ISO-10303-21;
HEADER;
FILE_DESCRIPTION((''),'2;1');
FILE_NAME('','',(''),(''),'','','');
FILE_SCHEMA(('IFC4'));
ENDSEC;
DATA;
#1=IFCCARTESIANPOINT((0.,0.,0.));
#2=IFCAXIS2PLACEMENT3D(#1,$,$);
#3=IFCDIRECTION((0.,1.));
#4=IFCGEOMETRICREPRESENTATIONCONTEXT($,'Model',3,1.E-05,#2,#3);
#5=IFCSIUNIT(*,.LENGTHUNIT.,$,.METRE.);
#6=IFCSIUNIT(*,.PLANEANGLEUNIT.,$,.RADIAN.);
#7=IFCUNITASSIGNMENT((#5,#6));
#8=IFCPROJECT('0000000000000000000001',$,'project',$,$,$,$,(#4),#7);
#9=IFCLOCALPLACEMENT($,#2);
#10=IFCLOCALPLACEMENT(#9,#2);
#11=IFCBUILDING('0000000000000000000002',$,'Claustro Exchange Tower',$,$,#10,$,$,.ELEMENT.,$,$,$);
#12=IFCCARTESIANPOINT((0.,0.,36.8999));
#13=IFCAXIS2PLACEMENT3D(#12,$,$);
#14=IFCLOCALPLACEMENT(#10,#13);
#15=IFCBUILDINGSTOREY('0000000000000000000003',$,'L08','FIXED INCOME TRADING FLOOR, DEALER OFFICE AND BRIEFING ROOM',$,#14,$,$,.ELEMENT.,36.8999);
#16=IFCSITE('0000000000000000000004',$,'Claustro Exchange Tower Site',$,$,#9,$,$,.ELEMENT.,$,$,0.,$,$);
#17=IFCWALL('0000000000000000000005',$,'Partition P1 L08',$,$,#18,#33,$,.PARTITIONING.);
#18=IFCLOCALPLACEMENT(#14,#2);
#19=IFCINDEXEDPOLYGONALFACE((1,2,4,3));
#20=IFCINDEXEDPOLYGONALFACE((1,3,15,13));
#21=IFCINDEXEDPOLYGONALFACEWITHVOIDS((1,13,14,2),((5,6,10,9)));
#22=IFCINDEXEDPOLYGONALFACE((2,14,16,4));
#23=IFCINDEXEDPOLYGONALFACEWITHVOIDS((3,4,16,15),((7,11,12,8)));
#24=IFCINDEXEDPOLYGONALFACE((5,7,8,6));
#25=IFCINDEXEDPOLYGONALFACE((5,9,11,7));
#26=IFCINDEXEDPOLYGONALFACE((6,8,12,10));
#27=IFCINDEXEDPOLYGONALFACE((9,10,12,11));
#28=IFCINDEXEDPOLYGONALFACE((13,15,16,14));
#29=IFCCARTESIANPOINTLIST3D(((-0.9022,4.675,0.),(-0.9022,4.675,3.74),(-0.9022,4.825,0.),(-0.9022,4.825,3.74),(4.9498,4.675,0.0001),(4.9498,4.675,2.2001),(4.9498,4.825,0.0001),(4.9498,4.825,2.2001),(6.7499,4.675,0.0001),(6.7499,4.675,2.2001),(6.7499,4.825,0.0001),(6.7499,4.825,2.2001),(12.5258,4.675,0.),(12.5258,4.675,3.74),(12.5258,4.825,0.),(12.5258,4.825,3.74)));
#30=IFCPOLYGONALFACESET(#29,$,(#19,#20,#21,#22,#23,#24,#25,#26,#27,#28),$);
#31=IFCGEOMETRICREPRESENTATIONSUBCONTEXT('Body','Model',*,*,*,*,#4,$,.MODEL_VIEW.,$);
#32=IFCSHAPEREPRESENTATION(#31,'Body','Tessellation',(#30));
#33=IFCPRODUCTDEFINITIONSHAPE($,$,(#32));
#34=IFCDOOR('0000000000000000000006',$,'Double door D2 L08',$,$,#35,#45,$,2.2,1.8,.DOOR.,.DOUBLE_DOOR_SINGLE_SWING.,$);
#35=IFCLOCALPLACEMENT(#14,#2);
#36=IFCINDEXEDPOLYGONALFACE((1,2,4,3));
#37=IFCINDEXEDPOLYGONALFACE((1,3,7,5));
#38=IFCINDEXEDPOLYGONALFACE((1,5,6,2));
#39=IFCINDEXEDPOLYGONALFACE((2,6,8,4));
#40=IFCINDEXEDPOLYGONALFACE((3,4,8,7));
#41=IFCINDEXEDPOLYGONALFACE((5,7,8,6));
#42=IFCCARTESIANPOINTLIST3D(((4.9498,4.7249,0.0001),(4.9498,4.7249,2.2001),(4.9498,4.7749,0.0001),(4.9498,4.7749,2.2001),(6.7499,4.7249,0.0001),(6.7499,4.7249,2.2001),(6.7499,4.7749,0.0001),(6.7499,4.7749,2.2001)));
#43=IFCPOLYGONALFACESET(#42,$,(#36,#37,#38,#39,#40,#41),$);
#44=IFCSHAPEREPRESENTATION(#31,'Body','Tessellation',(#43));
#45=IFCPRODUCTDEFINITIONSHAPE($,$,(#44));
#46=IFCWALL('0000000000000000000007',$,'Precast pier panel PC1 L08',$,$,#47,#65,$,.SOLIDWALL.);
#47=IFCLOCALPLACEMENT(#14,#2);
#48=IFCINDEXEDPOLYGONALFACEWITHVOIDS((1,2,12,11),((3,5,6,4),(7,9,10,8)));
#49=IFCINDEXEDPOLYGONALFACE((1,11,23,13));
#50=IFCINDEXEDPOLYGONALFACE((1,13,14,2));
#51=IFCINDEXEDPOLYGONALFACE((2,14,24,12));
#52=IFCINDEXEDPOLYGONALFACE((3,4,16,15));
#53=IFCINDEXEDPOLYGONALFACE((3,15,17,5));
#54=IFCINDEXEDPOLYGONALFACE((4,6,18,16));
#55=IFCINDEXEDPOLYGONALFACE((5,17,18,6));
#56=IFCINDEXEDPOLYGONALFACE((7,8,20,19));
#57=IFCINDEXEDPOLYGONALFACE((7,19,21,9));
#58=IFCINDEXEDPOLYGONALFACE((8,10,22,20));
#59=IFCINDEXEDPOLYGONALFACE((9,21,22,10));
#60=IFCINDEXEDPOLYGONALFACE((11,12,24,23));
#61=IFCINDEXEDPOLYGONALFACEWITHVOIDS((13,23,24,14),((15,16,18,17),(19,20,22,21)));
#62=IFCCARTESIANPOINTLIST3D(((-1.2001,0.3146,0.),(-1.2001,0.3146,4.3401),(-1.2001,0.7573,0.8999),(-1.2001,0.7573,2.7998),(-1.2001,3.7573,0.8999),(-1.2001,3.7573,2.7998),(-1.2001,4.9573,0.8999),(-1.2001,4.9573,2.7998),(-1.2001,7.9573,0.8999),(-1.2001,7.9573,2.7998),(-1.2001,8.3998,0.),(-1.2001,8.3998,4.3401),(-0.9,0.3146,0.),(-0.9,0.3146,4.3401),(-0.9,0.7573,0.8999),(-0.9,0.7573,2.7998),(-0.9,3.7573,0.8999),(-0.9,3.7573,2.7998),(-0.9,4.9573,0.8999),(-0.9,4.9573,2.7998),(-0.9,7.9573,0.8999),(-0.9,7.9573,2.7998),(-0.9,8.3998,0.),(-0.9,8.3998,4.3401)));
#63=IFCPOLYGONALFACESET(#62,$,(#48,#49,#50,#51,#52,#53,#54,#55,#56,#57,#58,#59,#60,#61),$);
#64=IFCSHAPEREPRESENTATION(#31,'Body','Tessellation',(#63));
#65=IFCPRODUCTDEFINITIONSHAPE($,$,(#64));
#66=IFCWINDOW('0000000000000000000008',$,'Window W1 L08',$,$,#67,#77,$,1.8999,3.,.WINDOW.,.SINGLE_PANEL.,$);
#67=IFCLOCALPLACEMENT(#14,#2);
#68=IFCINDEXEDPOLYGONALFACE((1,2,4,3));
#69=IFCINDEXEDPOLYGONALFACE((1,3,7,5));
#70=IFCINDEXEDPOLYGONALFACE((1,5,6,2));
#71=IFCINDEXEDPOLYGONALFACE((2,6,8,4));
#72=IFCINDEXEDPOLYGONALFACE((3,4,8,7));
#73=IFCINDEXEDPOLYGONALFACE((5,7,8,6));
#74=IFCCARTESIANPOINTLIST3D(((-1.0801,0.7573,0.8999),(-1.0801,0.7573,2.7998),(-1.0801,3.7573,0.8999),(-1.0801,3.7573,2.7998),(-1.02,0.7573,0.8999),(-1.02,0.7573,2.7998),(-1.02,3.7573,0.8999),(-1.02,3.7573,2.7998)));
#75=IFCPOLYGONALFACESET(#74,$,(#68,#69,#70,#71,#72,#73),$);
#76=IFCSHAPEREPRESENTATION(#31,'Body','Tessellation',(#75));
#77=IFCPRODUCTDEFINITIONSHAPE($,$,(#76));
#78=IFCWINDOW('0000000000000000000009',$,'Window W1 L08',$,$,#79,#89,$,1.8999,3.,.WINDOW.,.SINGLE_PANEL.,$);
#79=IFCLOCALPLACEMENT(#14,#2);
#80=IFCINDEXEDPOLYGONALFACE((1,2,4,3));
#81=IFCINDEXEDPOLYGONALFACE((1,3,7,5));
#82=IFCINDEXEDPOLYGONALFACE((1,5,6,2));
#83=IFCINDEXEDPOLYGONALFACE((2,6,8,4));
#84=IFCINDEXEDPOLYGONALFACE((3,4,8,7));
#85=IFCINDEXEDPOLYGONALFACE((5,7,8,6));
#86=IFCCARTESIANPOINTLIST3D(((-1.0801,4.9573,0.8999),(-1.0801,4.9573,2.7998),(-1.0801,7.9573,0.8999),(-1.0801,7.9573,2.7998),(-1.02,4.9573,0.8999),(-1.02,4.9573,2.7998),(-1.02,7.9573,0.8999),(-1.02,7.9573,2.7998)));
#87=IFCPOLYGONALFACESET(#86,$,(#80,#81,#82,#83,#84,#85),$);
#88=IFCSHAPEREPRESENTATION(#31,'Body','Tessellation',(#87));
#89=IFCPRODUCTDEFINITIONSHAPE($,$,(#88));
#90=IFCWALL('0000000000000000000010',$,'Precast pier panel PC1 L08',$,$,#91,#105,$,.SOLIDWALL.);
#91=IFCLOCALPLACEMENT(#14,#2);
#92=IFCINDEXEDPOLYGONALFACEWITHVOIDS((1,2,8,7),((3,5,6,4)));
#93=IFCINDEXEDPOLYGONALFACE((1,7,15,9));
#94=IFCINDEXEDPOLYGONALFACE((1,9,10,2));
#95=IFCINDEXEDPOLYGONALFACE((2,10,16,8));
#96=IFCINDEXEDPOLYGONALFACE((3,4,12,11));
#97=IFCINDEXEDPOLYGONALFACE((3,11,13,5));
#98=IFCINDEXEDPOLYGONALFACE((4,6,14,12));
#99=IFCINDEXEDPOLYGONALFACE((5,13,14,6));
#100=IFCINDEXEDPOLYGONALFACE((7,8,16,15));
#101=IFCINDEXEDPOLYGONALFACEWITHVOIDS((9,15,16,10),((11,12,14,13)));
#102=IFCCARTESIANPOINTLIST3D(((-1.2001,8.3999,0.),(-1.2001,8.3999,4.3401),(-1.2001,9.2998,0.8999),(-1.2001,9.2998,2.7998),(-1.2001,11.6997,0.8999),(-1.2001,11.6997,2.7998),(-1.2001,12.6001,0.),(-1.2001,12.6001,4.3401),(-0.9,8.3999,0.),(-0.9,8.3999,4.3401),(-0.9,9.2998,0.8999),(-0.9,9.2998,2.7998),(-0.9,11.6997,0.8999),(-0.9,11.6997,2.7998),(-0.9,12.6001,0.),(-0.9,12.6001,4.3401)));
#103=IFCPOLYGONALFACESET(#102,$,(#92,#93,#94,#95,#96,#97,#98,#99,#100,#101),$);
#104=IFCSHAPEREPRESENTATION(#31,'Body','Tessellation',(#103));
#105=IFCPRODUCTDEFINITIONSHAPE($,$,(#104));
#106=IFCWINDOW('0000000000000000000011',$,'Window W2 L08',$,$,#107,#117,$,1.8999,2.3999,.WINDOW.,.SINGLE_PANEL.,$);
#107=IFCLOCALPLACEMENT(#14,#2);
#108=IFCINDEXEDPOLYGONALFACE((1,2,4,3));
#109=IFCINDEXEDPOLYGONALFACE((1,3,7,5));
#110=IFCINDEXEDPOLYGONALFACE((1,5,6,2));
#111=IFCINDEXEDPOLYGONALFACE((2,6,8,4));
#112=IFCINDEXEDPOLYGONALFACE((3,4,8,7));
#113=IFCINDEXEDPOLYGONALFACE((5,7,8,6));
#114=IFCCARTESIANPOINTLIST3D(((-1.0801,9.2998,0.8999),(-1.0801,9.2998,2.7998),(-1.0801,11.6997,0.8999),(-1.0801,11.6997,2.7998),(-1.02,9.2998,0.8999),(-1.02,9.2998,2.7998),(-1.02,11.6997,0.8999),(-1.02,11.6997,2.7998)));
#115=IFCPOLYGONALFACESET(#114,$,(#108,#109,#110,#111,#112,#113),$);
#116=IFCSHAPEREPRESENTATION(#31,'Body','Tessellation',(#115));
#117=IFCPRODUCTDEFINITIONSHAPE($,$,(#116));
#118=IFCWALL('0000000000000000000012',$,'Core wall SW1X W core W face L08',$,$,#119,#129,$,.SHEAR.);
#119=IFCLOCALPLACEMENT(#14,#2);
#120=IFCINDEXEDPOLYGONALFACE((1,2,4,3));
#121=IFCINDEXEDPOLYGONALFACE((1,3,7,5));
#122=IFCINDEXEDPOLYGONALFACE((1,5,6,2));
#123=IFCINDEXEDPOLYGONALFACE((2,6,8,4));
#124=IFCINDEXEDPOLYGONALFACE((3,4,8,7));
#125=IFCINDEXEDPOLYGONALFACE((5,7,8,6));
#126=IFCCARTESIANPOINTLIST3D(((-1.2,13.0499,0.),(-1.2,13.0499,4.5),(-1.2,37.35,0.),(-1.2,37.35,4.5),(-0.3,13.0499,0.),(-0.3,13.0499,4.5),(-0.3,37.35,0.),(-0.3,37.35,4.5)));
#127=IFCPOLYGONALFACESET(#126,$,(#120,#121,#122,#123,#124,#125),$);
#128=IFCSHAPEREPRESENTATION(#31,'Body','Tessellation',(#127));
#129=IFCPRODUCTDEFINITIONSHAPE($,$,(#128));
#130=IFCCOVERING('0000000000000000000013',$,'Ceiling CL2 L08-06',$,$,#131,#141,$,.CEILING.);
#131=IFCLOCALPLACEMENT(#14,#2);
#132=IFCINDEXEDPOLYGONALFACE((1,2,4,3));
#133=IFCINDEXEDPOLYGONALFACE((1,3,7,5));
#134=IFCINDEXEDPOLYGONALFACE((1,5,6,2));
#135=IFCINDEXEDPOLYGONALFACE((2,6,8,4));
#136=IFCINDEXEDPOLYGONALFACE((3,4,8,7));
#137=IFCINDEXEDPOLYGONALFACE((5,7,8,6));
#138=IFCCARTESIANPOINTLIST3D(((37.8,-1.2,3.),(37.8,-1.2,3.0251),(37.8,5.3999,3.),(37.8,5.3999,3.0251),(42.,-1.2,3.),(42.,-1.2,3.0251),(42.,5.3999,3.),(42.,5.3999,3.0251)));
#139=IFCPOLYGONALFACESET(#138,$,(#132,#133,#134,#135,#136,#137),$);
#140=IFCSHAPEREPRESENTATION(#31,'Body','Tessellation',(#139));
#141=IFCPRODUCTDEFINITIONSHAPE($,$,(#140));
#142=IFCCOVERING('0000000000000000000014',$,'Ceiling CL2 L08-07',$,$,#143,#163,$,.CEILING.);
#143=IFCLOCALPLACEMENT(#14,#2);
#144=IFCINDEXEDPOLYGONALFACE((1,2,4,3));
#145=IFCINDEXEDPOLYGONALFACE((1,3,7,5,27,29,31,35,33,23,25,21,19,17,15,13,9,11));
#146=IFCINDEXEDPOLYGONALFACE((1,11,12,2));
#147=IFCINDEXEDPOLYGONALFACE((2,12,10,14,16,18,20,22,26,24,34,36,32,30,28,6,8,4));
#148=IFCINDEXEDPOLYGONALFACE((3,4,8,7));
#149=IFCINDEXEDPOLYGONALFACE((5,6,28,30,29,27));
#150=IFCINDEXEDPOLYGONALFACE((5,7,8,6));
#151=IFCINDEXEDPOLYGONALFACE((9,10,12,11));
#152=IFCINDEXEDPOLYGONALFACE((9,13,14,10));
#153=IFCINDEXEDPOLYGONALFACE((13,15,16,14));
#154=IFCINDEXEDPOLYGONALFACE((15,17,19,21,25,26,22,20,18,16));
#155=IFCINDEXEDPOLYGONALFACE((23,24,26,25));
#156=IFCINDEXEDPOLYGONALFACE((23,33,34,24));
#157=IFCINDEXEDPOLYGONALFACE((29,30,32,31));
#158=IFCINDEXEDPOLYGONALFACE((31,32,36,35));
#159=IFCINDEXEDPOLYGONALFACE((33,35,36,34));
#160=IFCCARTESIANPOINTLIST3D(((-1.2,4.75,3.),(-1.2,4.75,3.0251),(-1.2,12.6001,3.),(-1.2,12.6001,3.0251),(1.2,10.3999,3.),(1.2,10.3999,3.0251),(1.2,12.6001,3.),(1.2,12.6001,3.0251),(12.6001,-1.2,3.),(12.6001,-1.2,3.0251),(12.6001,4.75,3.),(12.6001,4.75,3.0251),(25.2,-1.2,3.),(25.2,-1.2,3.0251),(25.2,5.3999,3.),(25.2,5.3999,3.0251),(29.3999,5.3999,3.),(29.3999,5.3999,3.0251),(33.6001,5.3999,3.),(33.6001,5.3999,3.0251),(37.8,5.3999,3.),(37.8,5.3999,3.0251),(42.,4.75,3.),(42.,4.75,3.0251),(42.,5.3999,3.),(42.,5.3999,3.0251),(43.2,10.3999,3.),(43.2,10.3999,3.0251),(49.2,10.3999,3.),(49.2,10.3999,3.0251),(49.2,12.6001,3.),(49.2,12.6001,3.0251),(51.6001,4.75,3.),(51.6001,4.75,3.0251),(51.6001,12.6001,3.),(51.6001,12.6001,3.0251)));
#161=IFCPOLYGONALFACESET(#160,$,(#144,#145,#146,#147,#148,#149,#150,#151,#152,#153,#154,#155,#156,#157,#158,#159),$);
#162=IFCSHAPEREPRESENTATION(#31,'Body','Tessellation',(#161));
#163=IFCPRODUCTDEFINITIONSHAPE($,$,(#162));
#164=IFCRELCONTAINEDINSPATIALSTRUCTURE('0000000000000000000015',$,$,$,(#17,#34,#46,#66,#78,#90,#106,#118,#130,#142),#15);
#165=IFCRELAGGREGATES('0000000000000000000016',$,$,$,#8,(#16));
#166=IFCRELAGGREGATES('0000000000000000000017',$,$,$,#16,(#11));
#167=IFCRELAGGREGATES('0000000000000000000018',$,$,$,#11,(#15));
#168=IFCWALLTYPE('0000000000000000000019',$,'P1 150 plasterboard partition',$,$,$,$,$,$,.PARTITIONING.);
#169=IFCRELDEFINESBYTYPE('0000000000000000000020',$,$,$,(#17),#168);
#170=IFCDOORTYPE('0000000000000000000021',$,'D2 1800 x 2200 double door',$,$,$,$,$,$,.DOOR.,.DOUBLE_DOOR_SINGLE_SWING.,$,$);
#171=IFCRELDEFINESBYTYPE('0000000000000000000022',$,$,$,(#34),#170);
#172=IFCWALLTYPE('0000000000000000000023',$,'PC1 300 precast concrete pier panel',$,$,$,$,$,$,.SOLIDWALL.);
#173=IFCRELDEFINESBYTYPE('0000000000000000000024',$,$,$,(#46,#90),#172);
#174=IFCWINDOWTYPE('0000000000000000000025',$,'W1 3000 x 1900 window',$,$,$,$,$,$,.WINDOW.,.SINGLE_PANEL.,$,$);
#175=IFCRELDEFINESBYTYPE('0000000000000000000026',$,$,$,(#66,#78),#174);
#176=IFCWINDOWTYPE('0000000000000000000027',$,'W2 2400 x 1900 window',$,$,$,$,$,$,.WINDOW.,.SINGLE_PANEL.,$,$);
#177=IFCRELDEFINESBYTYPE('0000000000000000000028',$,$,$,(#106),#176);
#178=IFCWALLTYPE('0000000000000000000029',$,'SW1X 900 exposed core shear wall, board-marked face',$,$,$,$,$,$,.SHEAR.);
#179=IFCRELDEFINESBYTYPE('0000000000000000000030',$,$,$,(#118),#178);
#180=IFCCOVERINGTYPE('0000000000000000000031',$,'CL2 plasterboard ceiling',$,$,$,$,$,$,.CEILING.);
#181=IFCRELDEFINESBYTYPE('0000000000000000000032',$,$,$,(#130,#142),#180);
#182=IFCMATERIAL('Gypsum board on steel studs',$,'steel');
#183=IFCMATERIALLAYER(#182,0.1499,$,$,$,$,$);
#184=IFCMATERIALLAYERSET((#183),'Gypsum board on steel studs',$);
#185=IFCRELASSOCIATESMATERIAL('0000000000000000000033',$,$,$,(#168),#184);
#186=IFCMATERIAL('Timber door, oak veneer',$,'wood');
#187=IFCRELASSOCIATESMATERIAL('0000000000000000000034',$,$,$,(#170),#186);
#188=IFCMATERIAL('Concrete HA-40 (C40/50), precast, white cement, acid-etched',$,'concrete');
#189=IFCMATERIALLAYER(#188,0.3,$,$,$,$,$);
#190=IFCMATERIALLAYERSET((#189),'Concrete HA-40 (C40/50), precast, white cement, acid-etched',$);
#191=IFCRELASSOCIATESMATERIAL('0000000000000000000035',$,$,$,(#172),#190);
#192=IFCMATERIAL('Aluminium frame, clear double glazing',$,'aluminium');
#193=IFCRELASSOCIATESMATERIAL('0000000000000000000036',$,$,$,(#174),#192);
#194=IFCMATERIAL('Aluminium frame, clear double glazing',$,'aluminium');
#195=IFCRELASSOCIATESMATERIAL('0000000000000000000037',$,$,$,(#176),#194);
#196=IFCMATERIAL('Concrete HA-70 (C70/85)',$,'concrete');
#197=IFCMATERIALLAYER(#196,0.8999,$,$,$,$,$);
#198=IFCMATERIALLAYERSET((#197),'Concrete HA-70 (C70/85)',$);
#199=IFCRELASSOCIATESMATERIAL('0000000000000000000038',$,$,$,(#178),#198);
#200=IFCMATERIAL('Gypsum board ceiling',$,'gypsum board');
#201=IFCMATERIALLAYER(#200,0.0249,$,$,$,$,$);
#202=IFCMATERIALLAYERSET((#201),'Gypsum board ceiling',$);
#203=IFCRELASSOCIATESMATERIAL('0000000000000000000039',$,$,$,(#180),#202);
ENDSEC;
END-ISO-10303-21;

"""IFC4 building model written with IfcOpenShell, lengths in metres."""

from ifc_helpers import new_model, si_unit, direction, frame, frame_2d, origin, place, context, subcontext, project, spatial, polyline, rectangle, outline, extrude, material, layer, layer_set, type_object, element, fill, save


model = new_model("IFC4")

# Units and contexts
model_context = context("Model", 3, precision=1e-05, world=origin(), true_north=direction((0.0, 1.0)))
body_context = subcontext(model_context, "Body", "Model", "MODEL_VIEW")
ifc_project = project(units=[si_unit("LENGTHUNIT", "METRE"), si_unit("PLANEANGLEUNIT", "RADIAN")], contexts=[model_context])

# Site, building, storey
site_placement = place(None, origin())
site = spatial("IfcSite", under=ifc_project, at=site_placement, Name="Claustro Exchange Tower Site", CompositionType="ELEMENT", RefElevation=0.0)
building_placement = place(site_placement, origin())
building = spatial("IfcBuilding", under=site, at=building_placement, Name="Claustro Exchange Tower", CompositionType="ELEMENT")
storey_placement = place(building_placement, frame((0.0, 0.0, 36.8999)))
storey = spatial("IfcBuildingStorey", under=building, at=storey_placement, Name="L08", Description="FIXED INCOME TRADING FLOOR, DEALER OFFICE AND BRIEFING ROOM", CompositionType="ELEMENT", Elevation=36.8999)

# Wall, opening, door
ifc_material_1 = material(Name="Gypsum board on steel studs", Category="steel")
ifc_layer_1 = layer(ifc_material_1, 0.1499)
ifc_layer_set_1 = layer_set([ifc_layer_1], Name="Gypsum board on steel studs")
wall_type_1 = type_object("IfcWallType", Name="P1 150 plasterboard partition", PredefinedType="PARTITIONING", material=ifc_layer_set_1)
wall_1_placement = place(storey_placement, frame((-0.9021, 4.75, 0.0), z_axis=(0.0, 0.0, 1.0), x_axis=(1.0, 0.0, 0.0)))
wall_1 = element("IfcWall", 1, at=wall_1_placement, inside=storey, type_object=wall_type_1, Name="Partition P1 L08", PredefinedType="PARTITIONING", context=body_context, shape_type="SweptSolid", body=[
    extrude(rectangle(XDim=13.428, YDim=0.1499, at=frame_2d((6.7139, 0.0))), origin(), (0.0, 0.0, 1.0), 3.74),
])
opening_1_placement = place(wall_1_placement, frame((5.8521, 0.0, 0.0)))
opening_1 = element("IfcOpeningElement", 2, at=opening_1_placement, cuts=wall_1, PredefinedType="OPENING", context=body_context, shape_type="SweptSolid", body=[
    extrude(rectangle(XDim=1.8, YDim=2.2, at=frame_2d((0.8999, 1.1001))), frame((0.0, 0.085, 0.0), z_axis=(0.0, -1.0, 0.0), x_axis=(1.0, 0.0, 0.0)), (0.0, 0.0, 1.0), 0.1699),
])
ifc_material_2 = material(Name="Timber door, oak veneer", Category="wood")
door_type_1 = type_object("IfcDoorType", Name="D2 1800 x 2200 double door", OperationType="DOUBLE_DOOR_SINGLE_SWING", PredefinedType="DOOR", material=ifc_material_2)
door_1_placement = place(opening_1_placement, origin())
door_1 = element("IfcDoor", 3, at=door_1_placement, inside=storey, type_object=door_type_1, Name="Double door D2 L08", OperationType="DOUBLE_DOOR_SINGLE_SWING", OverallHeight=2.2, OverallWidth=1.8, PredefinedType="DOOR", context=body_context, shape_type="SweptSolid", body=[
    extrude(rectangle(XDim=1.8, YDim=2.2, at=frame_2d((0.8999, 1.1001))), frame((0.0, 0.0249, 0.0), z_axis=(0.0, -1.0, 0.0), x_axis=(1.0, 0.0, 0.0)), (0.0, 0.0, 1.0), 0.05),
])
fill(opening_1, door_1)

# Wall, openings, windows
ifc_material_3 = material(Name="Concrete HA-40 (C40/50), precast, white cement, acid-etched", Category="concrete")
ifc_layer_2 = layer(ifc_material_3, 0.3)
ifc_layer_set_2 = layer_set([ifc_layer_2], Name="Concrete HA-40 (C40/50), precast, white cement, acid-etched")
wall_type_2 = type_object("IfcWallType", Name="PC1 300 precast concrete pier panel", PredefinedType="SOLIDWALL", material=ifc_layer_set_2)
wall_2_placement = place(storey_placement, frame((-1.05, 0.3147, 0.0), z_axis=(0.0, 0.0, 1.0), x_axis=(0.0, 1.0, 0.0)))
wall_2 = element("IfcWall", 4, at=wall_2_placement, inside=storey, type_object=wall_type_2, Name="Precast pier panel PC1 L08", PredefinedType="SOLIDWALL", context=body_context, shape_type="SweptSolid", body=[
    extrude(rectangle(XDim=8.0852, YDim=0.3, at=frame_2d((4.0425, 0.0))), origin(), (0.0, 0.0, 1.0), 4.3401),
])
opening_2_placement = place(wall_2_placement, frame((0.4426, 0.0, 0.8999)))
opening_2 = element("IfcOpeningElement", 5, at=opening_2_placement, cuts=wall_2, PredefinedType="OPENING", context=body_context, shape_type="SweptSolid", body=[
    extrude(rectangle(XDim=3.0, YDim=1.8999, at=frame_2d((1.5, 0.95))), frame((0.0, 0.1599, 0.0), z_axis=(0.0, -1.0, 0.0), x_axis=(1.0, 0.0, 0.0)), (0.0, 0.0, 1.0), 0.3201),
])
opening_3_placement = place(wall_2_placement, frame((4.6426, 0.0, 0.8999)))
opening_3 = element("IfcOpeningElement", 6, at=opening_3_placement, cuts=wall_2, PredefinedType="OPENING", context=body_context, shape_type="SweptSolid", body=[
    extrude(rectangle(XDim=3.0, YDim=1.8999, at=frame_2d((1.5, 0.95))), frame((0.0, 0.1599, 0.0), z_axis=(0.0, -1.0, 0.0), x_axis=(1.0, 0.0, 0.0)), (0.0, 0.0, 1.0), 0.3201),
])
ifc_material_4 = material(Name="Aluminium frame, clear double glazing", Category="aluminium")
window_type_1 = type_object("IfcWindowType", Name="W1 3000 x 1900 window", PartitioningType="SINGLE_PANEL", PredefinedType="WINDOW", material=ifc_material_4)
window_1_placement = place(opening_2_placement, origin())
window_1 = element("IfcWindow", 7, at=window_1_placement, inside=storey, type_object=window_type_1, Name="Window W1 L08", OverallHeight=1.8999, OverallWidth=3.0, PartitioningType="SINGLE_PANEL", PredefinedType="WINDOW", context=body_context, shape_type="SweptSolid", body=[
    extrude(rectangle(XDim=3.0, YDim=1.8999, at=frame_2d((1.5, 0.95))), frame((0.0, 0.03, 0.0), z_axis=(0.0, -1.0, 0.0), x_axis=(1.0, 0.0, 0.0)), (0.0, 0.0, 1.0), 0.0601),
])
fill(opening_2, window_1)
window_2_placement = place(opening_3_placement, origin())
window_2 = element("IfcWindow", 8, at=window_2_placement, inside=storey, type_object=window_type_1, Name="Window W1 L08", OverallHeight=1.8999, OverallWidth=3.0, PartitioningType="SINGLE_PANEL", PredefinedType="WINDOW", context=body_context, shape_type="SweptSolid", body=[
    extrude(rectangle(XDim=3.0, YDim=1.8999, at=frame_2d((1.5, 0.95))), frame((0.0, 0.03, 0.0), z_axis=(0.0, -1.0, 0.0), x_axis=(1.0, 0.0, 0.0)), (0.0, 0.0, 1.0), 0.0601),
])
fill(opening_3, window_2)

# Wall, opening, window
wall_3_placement = place(storey_placement, frame((-1.05, 8.3999, 0.0), z_axis=(0.0, 0.0, 1.0), x_axis=(0.0, 1.0, 0.0)))
wall_3 = element("IfcWall", 9, at=wall_3_placement, inside=storey, type_object=wall_type_2, Name="Precast pier panel PC1 L08", PredefinedType="SOLIDWALL", context=body_context, shape_type="SweptSolid", body=[
    extrude(rectangle(XDim=4.2002, YDim=0.3, at=frame_2d((2.1001, 0.0))), origin(), (0.0, 0.0, 1.0), 4.3401),
])
opening_4_placement = place(wall_3_placement, frame((0.8999, 0.0, 0.8999)))
opening_4 = element("IfcOpeningElement", 10, at=opening_4_placement, cuts=wall_3, PredefinedType="OPENING", context=body_context, shape_type="SweptSolid", body=[
    extrude(rectangle(XDim=2.3999, YDim=1.8999, at=frame_2d((1.2, 0.95))), frame((0.0, 0.1599, 0.0), z_axis=(0.0, -1.0, 0.0), x_axis=(1.0, 0.0, 0.0)), (0.0, 0.0, 1.0), 0.3201),
])
ifc_material_5 = material(Name="Aluminium frame, clear double glazing", Category="aluminium")
window_type_2 = type_object("IfcWindowType", Name="W2 2400 x 1900 window", PartitioningType="SINGLE_PANEL", PredefinedType="WINDOW", material=ifc_material_5)
window_3_placement = place(opening_4_placement, origin())
window_3 = element("IfcWindow", 11, at=window_3_placement, inside=storey, type_object=window_type_2, Name="Window W2 L08", OverallHeight=1.8999, OverallWidth=2.3999, PartitioningType="SINGLE_PANEL", PredefinedType="WINDOW", context=body_context, shape_type="SweptSolid", body=[
    extrude(rectangle(XDim=2.3999, YDim=1.8999, at=frame_2d((1.2, 0.95))), frame((0.0, 0.03, 0.0), z_axis=(0.0, -1.0, 0.0), x_axis=(1.0, 0.0, 0.0)), (0.0, 0.0, 1.0), 0.0601),
])
fill(opening_4, window_3)

# Wall
ifc_material_6 = material(Name="Concrete HA-70 (C70/85)", Category="concrete")
ifc_layer_3 = layer(ifc_material_6, 0.8999)
ifc_layer_set_3 = layer_set([ifc_layer_3], Name="Concrete HA-70 (C70/85)")
wall_type_3 = type_object("IfcWallType", Name="SW1X 900 exposed core shear wall, board-marked face", PredefinedType="SHEAR", material=ifc_layer_set_3)
wall_4_placement = place(storey_placement, frame((-0.75, 13.05, 0.0), z_axis=(0.0, 0.0, 1.0), x_axis=(0.0, 1.0, 0.0)))
element("IfcWall", 12, at=wall_4_placement, inside=storey, type_object=wall_type_3, Name="Core wall SW1X W core W face L08", PredefinedType="SHEAR", context=body_context, shape_type="SweptSolid", body=[
    extrude(rectangle(XDim=24.3, YDim=0.8999, at=frame_2d((12.1499, 0.0))), origin(), (0.0, 0.0, 1.0), 4.5),
])

# Coverings
ifc_material_7 = material(Name="Gypsum board ceiling", Category="gypsum board")
ifc_layer_4 = layer(ifc_material_7, 0.0249)
ifc_layer_set_4 = layer_set([ifc_layer_4], Name="Gypsum board ceiling")
covering_type_1 = type_object("IfcCoveringType", Name="CL2 plasterboard ceiling", PredefinedType="CEILING", material=ifc_layer_set_4)
covering_1_placement = place(storey_placement, frame((0.0, 0.0, 3.0)))
element("IfcCovering", 13, at=covering_1_placement, inside=storey, type_object=covering_type_1, Name="Ceiling CL2 L08-06", PredefinedType="CEILING", context=body_context, shape_type="SweptSolid", body=[
    extrude(outline(polyline([(37.8, -1.2), (42.0, -1.2), (42.0, 5.3999), (37.8, 5.3999), (37.8, -1.2)])), origin(), (0.0, 0.0, 1.0), 0.0251),
])
covering_2_placement = place(storey_placement, frame((0.0, 0.0, 3.0)))
element("IfcCovering", 14, at=covering_2_placement, inside=storey, type_object=covering_type_1, Name="Ceiling CL2 L08-07", PredefinedType="CEILING", context=body_context, shape_type="SweptSolid", body=[
    extrude(outline(polyline([(-1.2, 12.6001), (-1.2, 4.75), (12.6001, 4.75), (12.6001, -1.2), (25.2, -1.2), (25.2, 5.3999), (29.3999, 5.3999), (33.6001, 5.3999), (37.8, 5.3999), (42.0, 5.3999), (42.0, 4.75), (51.6001, 4.75), (51.6001, 12.6001), (49.2, 12.6001), (49.2, 10.3999), (43.2, 10.3999), (1.2, 10.3999), (1.2, 12.6001), (-1.2, 12.6001)])), origin(), (0.0, 0.0, 1.0), 0.0251),
])

save(model, "model.ifc")
